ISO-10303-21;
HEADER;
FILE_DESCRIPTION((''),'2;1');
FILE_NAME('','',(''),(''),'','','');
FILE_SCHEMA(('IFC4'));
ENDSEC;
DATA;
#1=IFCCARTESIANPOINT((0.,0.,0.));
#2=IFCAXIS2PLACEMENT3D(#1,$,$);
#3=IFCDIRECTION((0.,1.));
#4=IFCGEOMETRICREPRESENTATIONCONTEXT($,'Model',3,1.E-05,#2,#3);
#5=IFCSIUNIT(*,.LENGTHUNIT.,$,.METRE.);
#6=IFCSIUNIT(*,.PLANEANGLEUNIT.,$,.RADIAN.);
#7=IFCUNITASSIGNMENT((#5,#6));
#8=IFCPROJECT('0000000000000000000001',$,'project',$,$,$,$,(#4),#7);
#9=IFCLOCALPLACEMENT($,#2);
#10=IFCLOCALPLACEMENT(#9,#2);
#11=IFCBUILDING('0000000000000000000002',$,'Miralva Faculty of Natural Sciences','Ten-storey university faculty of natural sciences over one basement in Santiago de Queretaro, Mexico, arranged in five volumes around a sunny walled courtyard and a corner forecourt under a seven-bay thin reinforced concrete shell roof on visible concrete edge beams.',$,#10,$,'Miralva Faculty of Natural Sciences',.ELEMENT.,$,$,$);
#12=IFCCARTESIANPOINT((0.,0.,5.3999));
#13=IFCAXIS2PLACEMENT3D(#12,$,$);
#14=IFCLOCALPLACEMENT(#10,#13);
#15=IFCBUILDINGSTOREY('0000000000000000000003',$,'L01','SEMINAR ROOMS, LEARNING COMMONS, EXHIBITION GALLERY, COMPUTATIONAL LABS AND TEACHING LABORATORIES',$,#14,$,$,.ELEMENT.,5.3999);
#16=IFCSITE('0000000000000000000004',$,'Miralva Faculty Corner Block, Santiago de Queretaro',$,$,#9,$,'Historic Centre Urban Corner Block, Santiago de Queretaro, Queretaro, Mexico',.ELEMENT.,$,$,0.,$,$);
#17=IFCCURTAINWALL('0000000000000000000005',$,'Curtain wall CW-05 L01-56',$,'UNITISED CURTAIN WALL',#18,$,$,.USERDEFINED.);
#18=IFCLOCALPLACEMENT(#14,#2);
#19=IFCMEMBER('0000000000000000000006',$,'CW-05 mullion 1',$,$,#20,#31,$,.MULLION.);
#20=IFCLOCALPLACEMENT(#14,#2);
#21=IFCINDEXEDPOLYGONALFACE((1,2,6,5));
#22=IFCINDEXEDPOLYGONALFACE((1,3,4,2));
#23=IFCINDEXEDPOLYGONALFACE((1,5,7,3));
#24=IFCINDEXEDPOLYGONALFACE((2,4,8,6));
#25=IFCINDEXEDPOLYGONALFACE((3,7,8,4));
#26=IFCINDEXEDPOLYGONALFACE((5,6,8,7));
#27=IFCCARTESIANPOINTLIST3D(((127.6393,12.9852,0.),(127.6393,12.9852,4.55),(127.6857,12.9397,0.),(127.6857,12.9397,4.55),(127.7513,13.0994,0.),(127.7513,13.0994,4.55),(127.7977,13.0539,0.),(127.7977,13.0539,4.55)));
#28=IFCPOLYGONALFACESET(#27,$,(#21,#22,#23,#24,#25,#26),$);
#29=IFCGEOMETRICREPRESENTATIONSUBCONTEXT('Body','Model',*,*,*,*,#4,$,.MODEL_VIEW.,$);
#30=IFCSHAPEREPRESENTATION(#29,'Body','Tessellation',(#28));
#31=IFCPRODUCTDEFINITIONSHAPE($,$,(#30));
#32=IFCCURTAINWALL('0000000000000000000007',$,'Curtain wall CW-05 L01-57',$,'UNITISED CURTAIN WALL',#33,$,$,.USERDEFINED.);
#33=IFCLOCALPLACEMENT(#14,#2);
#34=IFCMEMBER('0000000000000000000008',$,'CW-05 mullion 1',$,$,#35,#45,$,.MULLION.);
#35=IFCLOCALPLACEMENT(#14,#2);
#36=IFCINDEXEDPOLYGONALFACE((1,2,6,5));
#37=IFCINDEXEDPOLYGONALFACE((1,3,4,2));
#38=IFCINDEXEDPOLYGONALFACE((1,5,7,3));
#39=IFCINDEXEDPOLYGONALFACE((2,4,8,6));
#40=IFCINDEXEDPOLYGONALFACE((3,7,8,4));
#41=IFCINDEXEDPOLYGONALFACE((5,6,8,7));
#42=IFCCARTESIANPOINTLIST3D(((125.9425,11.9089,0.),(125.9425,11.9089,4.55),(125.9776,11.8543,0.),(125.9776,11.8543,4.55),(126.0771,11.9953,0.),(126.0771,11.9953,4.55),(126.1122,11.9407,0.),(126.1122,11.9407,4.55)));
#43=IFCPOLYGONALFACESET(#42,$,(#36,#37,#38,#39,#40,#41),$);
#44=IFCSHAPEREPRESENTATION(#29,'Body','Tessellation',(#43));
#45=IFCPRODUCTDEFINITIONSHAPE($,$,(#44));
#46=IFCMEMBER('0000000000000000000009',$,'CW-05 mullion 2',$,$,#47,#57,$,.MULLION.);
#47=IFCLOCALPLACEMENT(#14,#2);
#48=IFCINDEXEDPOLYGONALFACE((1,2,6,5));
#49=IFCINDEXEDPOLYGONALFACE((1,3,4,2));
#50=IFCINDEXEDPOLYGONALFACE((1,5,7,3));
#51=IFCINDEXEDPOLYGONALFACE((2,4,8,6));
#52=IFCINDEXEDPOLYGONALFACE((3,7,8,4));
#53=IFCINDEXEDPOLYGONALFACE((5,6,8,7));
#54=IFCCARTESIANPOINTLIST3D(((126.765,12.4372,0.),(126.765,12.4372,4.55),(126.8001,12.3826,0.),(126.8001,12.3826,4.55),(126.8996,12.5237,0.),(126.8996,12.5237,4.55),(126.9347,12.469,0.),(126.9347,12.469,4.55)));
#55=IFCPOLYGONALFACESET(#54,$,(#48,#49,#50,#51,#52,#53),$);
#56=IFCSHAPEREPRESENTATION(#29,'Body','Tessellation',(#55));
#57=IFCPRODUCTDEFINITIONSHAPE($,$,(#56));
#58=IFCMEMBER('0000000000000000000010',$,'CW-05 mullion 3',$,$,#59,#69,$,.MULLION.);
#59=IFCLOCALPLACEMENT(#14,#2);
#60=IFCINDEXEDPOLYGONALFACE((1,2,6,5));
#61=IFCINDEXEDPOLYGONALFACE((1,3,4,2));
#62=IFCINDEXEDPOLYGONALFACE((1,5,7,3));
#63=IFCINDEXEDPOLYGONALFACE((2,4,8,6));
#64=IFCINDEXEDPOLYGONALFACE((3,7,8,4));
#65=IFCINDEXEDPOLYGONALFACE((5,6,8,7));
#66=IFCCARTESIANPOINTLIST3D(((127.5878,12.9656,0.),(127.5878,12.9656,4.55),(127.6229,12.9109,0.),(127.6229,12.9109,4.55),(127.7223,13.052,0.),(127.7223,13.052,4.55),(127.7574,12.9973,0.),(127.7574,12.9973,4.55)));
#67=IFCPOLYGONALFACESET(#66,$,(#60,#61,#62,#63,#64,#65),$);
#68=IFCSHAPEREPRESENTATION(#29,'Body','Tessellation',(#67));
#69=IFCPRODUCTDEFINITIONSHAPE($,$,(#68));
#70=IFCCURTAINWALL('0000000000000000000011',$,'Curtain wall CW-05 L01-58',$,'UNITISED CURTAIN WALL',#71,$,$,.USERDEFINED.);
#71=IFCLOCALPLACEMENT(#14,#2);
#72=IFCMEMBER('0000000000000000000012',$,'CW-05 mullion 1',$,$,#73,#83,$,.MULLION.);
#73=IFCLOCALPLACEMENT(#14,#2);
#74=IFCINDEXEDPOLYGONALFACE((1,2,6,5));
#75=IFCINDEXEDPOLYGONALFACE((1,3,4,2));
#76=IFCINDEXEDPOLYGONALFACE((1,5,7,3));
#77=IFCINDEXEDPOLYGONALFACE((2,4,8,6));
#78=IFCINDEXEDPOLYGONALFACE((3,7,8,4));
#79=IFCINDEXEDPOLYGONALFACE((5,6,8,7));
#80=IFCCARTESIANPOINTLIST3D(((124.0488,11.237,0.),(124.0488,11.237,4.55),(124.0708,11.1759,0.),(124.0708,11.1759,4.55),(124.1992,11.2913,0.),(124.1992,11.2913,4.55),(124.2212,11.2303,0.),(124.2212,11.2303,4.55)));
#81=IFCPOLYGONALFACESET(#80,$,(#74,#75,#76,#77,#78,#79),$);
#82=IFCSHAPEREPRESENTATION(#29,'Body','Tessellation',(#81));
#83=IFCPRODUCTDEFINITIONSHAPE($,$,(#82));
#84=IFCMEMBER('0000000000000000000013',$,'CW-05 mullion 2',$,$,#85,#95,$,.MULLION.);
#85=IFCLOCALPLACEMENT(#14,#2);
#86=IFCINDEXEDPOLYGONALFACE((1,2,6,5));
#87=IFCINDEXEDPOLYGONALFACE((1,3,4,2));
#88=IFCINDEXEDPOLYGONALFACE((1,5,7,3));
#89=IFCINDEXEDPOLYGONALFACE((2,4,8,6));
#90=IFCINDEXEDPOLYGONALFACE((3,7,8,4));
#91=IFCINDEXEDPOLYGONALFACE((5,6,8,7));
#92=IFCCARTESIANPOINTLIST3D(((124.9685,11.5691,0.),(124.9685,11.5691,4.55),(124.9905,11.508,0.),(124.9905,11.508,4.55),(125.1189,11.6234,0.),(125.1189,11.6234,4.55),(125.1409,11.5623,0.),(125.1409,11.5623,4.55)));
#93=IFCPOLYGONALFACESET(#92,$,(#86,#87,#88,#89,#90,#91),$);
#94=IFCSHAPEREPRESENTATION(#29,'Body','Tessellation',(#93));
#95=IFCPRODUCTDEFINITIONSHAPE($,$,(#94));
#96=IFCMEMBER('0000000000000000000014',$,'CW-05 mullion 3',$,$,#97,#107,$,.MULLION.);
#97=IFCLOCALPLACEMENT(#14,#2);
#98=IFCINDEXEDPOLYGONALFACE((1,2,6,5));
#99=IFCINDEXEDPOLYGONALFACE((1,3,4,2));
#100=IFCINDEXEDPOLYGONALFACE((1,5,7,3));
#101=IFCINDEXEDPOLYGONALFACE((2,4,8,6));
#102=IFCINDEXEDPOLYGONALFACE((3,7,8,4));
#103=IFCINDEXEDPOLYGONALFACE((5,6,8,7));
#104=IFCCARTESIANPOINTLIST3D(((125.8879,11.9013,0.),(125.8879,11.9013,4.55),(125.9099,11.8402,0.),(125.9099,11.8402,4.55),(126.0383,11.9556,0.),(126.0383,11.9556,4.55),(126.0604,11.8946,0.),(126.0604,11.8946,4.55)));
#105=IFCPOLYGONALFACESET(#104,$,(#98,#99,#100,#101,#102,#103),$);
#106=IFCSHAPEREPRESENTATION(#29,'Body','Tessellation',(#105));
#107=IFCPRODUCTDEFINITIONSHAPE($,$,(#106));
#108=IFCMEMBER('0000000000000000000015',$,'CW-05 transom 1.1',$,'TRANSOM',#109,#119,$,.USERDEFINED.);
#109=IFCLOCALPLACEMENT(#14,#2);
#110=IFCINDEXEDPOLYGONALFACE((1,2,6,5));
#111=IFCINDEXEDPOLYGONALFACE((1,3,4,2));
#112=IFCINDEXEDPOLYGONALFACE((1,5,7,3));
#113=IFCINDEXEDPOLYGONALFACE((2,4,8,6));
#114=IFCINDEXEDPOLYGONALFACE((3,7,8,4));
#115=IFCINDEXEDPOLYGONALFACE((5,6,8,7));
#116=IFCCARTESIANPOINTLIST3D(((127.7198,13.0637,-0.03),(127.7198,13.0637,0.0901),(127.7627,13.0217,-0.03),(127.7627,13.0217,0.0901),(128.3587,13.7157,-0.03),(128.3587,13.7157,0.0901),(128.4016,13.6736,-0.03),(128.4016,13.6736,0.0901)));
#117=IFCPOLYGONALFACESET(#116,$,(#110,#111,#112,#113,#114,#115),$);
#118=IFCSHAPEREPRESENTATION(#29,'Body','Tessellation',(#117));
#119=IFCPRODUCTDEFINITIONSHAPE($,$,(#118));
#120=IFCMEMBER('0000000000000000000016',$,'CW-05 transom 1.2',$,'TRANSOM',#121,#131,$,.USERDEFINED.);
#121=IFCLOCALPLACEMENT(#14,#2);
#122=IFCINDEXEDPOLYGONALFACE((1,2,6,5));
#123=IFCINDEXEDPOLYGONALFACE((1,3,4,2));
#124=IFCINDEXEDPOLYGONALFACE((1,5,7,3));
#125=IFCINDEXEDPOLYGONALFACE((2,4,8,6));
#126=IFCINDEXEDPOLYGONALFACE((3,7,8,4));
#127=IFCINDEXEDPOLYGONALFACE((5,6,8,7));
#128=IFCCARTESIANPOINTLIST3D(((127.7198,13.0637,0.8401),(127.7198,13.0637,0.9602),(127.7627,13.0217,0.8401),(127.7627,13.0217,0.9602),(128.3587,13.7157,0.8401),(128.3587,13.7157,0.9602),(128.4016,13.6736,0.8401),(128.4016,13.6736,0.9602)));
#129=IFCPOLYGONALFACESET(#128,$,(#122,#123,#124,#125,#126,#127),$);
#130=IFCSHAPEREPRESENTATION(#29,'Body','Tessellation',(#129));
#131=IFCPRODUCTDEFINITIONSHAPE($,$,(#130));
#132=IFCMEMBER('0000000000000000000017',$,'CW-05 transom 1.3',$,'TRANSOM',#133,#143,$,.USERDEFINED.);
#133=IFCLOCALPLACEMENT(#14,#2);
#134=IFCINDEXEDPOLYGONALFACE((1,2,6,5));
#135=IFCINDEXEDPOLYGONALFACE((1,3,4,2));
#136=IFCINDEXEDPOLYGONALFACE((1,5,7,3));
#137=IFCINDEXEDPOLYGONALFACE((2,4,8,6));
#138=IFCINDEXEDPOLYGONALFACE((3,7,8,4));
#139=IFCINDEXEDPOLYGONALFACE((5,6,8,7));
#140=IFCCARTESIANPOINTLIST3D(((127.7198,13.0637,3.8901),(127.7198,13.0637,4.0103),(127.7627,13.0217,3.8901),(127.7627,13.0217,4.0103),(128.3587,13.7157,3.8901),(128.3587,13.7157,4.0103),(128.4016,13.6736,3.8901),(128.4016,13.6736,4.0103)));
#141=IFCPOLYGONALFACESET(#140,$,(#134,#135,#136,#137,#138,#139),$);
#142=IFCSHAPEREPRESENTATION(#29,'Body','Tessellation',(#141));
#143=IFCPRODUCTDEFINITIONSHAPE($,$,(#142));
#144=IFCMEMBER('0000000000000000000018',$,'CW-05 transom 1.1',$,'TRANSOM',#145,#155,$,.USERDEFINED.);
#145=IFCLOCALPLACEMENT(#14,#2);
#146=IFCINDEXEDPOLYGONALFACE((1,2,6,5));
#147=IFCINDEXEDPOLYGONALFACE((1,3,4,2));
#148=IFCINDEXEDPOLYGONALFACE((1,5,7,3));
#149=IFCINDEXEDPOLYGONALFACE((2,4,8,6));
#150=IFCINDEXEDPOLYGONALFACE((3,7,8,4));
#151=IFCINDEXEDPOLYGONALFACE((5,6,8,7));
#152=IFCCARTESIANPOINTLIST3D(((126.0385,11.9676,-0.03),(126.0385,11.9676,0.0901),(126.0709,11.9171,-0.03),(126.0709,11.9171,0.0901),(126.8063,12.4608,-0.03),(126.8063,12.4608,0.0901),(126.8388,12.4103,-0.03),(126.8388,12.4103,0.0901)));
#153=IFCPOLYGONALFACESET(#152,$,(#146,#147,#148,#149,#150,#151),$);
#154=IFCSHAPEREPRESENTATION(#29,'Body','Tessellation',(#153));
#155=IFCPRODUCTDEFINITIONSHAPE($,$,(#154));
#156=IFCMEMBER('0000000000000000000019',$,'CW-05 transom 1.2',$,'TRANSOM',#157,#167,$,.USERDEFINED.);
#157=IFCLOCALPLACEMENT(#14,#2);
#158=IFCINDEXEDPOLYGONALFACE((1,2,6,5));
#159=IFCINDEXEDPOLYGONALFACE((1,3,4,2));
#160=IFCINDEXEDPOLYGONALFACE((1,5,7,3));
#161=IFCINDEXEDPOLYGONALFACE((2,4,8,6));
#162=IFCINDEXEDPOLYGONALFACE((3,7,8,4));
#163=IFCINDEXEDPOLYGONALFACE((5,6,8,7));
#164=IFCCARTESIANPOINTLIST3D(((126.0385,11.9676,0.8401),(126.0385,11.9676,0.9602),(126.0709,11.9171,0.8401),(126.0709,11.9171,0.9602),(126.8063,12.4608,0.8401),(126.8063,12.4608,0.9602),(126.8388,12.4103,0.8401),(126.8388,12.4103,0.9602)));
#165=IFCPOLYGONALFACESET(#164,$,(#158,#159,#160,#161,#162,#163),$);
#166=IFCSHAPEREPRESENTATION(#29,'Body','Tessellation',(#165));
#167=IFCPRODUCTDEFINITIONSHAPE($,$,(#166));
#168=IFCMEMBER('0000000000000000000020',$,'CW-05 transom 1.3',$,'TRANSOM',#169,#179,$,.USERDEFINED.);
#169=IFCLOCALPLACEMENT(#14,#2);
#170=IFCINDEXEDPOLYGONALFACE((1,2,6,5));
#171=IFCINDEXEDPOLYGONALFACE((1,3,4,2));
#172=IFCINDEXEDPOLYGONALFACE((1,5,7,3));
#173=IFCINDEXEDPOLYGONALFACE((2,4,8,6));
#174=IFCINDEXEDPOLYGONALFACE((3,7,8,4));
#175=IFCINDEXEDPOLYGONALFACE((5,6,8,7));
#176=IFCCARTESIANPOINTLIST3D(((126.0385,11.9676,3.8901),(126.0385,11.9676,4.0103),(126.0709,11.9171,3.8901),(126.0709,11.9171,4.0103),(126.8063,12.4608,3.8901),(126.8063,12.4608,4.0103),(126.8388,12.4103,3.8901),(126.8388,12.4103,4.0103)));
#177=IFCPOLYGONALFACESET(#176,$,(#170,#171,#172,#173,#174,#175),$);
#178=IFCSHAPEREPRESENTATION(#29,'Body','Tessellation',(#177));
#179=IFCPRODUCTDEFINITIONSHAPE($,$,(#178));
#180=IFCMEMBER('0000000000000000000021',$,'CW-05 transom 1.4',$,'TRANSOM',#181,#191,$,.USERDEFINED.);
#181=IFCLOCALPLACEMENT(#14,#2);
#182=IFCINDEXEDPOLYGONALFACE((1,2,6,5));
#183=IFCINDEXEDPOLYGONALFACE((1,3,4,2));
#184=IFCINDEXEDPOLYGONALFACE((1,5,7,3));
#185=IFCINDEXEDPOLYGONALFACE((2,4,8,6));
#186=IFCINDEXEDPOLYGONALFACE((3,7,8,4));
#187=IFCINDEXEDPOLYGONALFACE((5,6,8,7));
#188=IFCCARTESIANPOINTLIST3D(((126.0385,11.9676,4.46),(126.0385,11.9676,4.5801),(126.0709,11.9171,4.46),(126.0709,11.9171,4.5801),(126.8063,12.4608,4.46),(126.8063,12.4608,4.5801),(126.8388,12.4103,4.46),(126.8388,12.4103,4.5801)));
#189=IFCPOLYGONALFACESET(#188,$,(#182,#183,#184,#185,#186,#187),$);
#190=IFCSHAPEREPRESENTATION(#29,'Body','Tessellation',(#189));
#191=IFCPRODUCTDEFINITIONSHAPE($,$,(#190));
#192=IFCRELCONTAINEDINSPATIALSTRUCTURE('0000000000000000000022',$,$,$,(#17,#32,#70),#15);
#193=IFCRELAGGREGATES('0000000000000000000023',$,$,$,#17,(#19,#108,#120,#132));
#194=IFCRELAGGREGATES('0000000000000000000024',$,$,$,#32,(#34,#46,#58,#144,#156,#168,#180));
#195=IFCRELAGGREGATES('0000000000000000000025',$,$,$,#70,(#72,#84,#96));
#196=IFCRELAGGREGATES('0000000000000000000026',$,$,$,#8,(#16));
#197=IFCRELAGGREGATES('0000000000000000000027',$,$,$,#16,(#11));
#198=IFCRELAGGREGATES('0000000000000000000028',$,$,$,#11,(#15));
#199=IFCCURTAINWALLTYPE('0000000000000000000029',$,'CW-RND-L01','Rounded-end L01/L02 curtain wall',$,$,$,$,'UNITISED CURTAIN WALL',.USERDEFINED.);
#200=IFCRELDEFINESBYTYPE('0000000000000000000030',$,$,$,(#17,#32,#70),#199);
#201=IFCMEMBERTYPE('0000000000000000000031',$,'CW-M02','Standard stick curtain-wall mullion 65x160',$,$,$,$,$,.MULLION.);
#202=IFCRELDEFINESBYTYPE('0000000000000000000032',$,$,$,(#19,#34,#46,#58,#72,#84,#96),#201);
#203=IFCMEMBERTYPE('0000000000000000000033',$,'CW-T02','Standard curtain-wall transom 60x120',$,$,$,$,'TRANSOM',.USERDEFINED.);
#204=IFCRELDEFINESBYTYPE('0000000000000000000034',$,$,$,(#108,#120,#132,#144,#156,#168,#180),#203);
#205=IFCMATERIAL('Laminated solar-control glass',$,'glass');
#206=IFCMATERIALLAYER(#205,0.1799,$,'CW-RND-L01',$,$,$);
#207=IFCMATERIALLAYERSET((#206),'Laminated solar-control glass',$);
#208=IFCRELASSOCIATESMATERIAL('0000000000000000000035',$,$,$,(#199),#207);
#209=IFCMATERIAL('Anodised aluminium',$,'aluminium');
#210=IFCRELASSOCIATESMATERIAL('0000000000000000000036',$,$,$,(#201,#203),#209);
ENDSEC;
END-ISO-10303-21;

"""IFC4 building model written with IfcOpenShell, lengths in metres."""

from ifc_helpers import new_model, si_unit, direction, frame, origin, origin_2d, place, context, subcontext, project, spatial, rectangle, extrude, material, layer, layer_set, material_profile, profile_set, type_object, element, aggregate, save


model = new_model("IFC4")

# Units and contexts
model_context = context("Model", 3, precision=1e-05, world=origin(), true_north=direction((0.0, 1.0)))
body_context = subcontext(model_context, "Body", "Model", "MODEL_VIEW")
ifc_project = project(units=[si_unit("LENGTHUNIT", "METRE"), si_unit("PLANEANGLEUNIT", "RADIAN")], contexts=[model_context])

# Site, building, storey
site_placement = place(None, origin())
site = spatial("IfcSite", under=ifc_project, at=site_placement, Name="Miralva Faculty Corner Block, Santiago de Queretaro", LongName="Historic Centre Urban Corner Block, Santiago de Queretaro, Queretaro, Mexico", CompositionType="ELEMENT", RefElevation=0.0)
building_placement = place(site_placement, origin())
building = spatial("IfcBuilding", under=site, at=building_placement, Name="Miralva Faculty of Natural Sciences", Description="Ten-storey university faculty of natural sciences over one basement in Santiago de Queretaro, Mexico, arranged in five volumes around a sunny walled courtyard and a corner forecourt under a seven-bay thin reinforced concrete shell roof on visible concrete edge beams.", LongName="Miralva Faculty of Natural Sciences", CompositionType="ELEMENT")
storey_placement = place(building_placement, frame((0.0, 0.0, 5.3999)))
storey = spatial("IfcBuildingStorey", under=building, at=storey_placement, Name="L01", Description="SEMINAR ROOMS, LEARNING COMMONS, EXHIBITION GALLERY, COMPUTATIONAL LABS AND TEACHING LABORATORIES", CompositionType="ELEMENT", Elevation=5.3999)

# Curtain wall, member
ifc_material_1 = material(Name="Laminated solar-control glass", Category="glass")
ifc_layer_1 = layer(ifc_material_1, 0.1799, Name="CW-RND-L01")
ifc_layer_set_1 = layer_set([ifc_layer_1], Name="Laminated solar-control glass")
curtain_wall_type = type_object("IfcCurtainWallType", Name="CW-RND-L01", Description="Rounded-end L01/L02 curtain wall", ElementType="UNITISED CURTAIN WALL", PredefinedType="USERDEFINED", material=ifc_layer_set_1)
curtain_wall_1_placement = place(storey_placement, origin())
curtain_wall_1 = element("IfcCurtainWall", 1, at=curtain_wall_1_placement, inside=storey, type_object=curtain_wall_type, Name="Curtain wall CW-05 L01-56", ObjectType="UNITISED CURTAIN WALL", PredefinedType="USERDEFINED")
ifc_material_2 = material(Name="Anodised aluminium", Category="aluminium")
ifc_material_profile_1 = material_profile(ifc_material_2, rectangle(XDim=0.0649, YDim=0.1599, at=origin_2d()), Name="MULLION 65x160")
ifc_profile_set_1 = profile_set([ifc_material_profile_1], Name="Anodised aluminium")
member_type_1 = type_object("IfcMemberType", Name="CW-M02", Description="Standard stick curtain-wall mullion 65x160", PredefinedType="MULLION", material=ifc_profile_set_1)
member_1_placement = place(storey_placement, frame((127.7185, 13.0195, 0.0), z_axis=(0.0, 0.0, 1.0), x_axis=(-0.714125, 0.700018, 0.0)))
member_1 = element("IfcMember", 2, at=member_1_placement, type_object=member_type_1, Name="CW-05 mullion 1", PredefinedType="MULLION", context=body_context, shape_type="SweptSolid", body=[
    extrude(rectangle(XDim=0.0649, YDim=0.1599, at=origin_2d()), origin(), (0.0, 0.0, 1.0), 4.55),
])

# Curtain walls, members
curtain_wall_2_placement = place(storey_placement, origin())
curtain_wall_2 = element("IfcCurtainWall", 3, at=curtain_wall_2_placement, inside=storey, type_object=curtain_wall_type, Name="Curtain wall CW-05 L01-57", ObjectType="UNITISED CURTAIN WALL", PredefinedType="USERDEFINED")
member_2_placement = place(storey_placement, frame((126.0273, 11.9248, 0.0), z_axis=(0.0, 0.0, 1.0), x_axis=(-0.540445, 0.841379, 0.0)))
member_2 = element("IfcMember", 4, at=member_2_placement, type_object=member_type_1, Name="CW-05 mullion 1", PredefinedType="MULLION", context=body_context, shape_type="SweptSolid", body=[
    extrude(rectangle(XDim=0.0649, YDim=0.1599, at=origin_2d()), origin(), (0.0, 0.0, 1.0), 4.55),
])
member_3_placement = place(storey_placement, frame((126.8499, 12.4531, 0.0), z_axis=(0.0, 0.0, 1.0), x_axis=(-0.540445, 0.841379, 0.0)))
member_3 = element("IfcMember", 5, at=member_3_placement, type_object=member_type_1, Name="CW-05 mullion 2", PredefinedType="MULLION", context=body_context, shape_type="SweptSolid", body=[
    extrude(rectangle(XDim=0.0649, YDim=0.1599, at=origin_2d()), origin(), (0.0, 0.0, 1.0), 4.55),
])
member_4_placement = place(storey_placement, frame((127.6726, 12.9814, 0.0), z_axis=(0.0, 0.0, 1.0), x_axis=(-0.540445, 0.841379, 0.0)))
member_4 = element("IfcMember", 6, at=member_4_placement, type_object=member_type_1, Name="CW-05 mullion 3", PredefinedType="MULLION", context=body_context, shape_type="SweptSolid", body=[
    extrude(rectangle(XDim=0.0649, YDim=0.1599, at=origin_2d()), origin(), (0.0, 0.0, 1.0), 4.55),
])
curtain_wall_3_placement = place(storey_placement, origin())
curtain_wall_3 = element("IfcCurtainWall", 7, at=curtain_wall_3_placement, inside=storey, type_object=curtain_wall_type, Name="Curtain wall CW-05 L01-58", ObjectType="UNITISED CURTAIN WALL", PredefinedType="USERDEFINED")
member_5_placement = place(storey_placement, frame((124.135, 11.2336, 0.0), z_axis=(0.0, 0.0, 1.0), x_axis=(-0.339696, 0.940535, 0.0)))
member_5 = element("IfcMember", 8, at=member_5_placement, type_object=member_type_1, Name="CW-05 mullion 1", PredefinedType="MULLION", context=body_context, shape_type="SweptSolid", body=[
    extrude(rectangle(XDim=0.0649, YDim=0.1599, at=origin_2d()), origin(), (0.0, 0.0, 1.0), 4.55),
])
member_6_placement = place(storey_placement, frame((125.0547, 11.5657, 0.0), z_axis=(0.0, 0.0, 1.0), x_axis=(-0.339696, 0.940535, 0.0)))
member_6 = element("IfcMember", 9, at=member_6_placement, type_object=member_type_1, Name="CW-05 mullion 2", PredefinedType="MULLION", context=body_context, shape_type="SweptSolid", body=[
    extrude(rectangle(XDim=0.0649, YDim=0.1599, at=origin_2d()), origin(), (0.0, 0.0, 1.0), 4.55),
])
member_7_placement = place(storey_placement, frame((125.9741, 11.8979, 0.0), z_axis=(0.0, 0.0, 1.0), x_axis=(-0.339696, 0.940535, 0.0)))
member_7 = element("IfcMember", 10, at=member_7_placement, type_object=member_type_1, Name="CW-05 mullion 3", PredefinedType="MULLION", context=body_context, shape_type="SweptSolid", body=[
    extrude(rectangle(XDim=0.0649, YDim=0.1599, at=origin_2d()), origin(), (0.0, 0.0, 1.0), 4.55),
])

# Members
ifc_material_profile_2 = material_profile(ifc_material_2, rectangle(XDim=0.0601, YDim=0.1201, at=origin_2d()), Name="TRANSOM 60x120")
ifc_profile_set_2 = profile_set([ifc_material_profile_2], Name="Anodised aluminium")
member_type_2 = type_object("IfcMemberType", Name="CW-T02", Description="Standard curtain-wall transom 60x120", ElementType="TRANSOM", PredefinedType="USERDEFINED", material=ifc_profile_set_2)
member_8_placement = place(storey_placement, frame((127.7412, 13.0427, 0.03), z_axis=(0.699983, 0.714159, 0.0), x_axis=(-0.714159, 0.699983, 0.0)))
member_8 = element("IfcMember", 11, at=member_8_placement, type_object=member_type_2, Name="CW-05 transom 1.1", ObjectType="TRANSOM", PredefinedType="USERDEFINED", context=body_context, shape_type="SweptSolid", body=[
    extrude(rectangle(XDim=0.0601, YDim=0.1201, at=origin_2d()), origin(), (0.0, 0.0, 1.0), 0.9128),
])
member_9_placement = place(storey_placement, frame((127.7412, 13.0427, 0.9001), z_axis=(0.699983, 0.714159, 0.0), x_axis=(-0.714159, 0.699983, 0.0)))
member_9 = element("IfcMember", 12, at=member_9_placement, type_object=member_type_2, Name="CW-05 transom 1.2", ObjectType="TRANSOM", PredefinedType="USERDEFINED", context=body_context, shape_type="SweptSolid", body=[
    extrude(rectangle(XDim=0.0601, YDim=0.1201, at=origin_2d()), origin(), (0.0, 0.0, 1.0), 0.9128),
])
member_10_placement = place(storey_placement, frame((127.7412, 13.0427, 3.9502), z_axis=(0.699983, 0.714159, 0.0), x_axis=(-0.714159, 0.699983, 0.0)))
member_10 = element("IfcMember", 13, at=member_10_placement, type_object=member_type_2, Name="CW-05 transom 1.3", ObjectType="TRANSOM", PredefinedType="USERDEFINED", context=body_context, shape_type="SweptSolid", body=[
    extrude(rectangle(XDim=0.0601, YDim=0.1201, at=origin_2d()), origin(), (0.0, 0.0, 1.0), 0.9128),
])
aggregate(curtain_wall_1, [member_1, member_8, member_9, member_10])
member_11_placement = place(storey_placement, frame((126.0547, 11.9424, 0.03), z_axis=(0.841396, 0.54042, 0.0), x_axis=(-0.54042, 0.841396, 0.0)))
member_11 = element("IfcMember", 14, at=member_11_placement, type_object=member_type_2, Name="CW-05 transom 1.1", ObjectType="TRANSOM", PredefinedType="USERDEFINED", context=body_context, shape_type="SweptSolid", body=[
    extrude(rectangle(XDim=0.0601, YDim=0.1201, at=origin_2d()), origin(), (0.0, 0.0, 1.0), 0.9126),
])
member_12_placement = place(storey_placement, frame((126.0547, 11.9424, 0.9001), z_axis=(0.841396, 0.54042, 0.0), x_axis=(-0.54042, 0.841396, 0.0)))
member_12 = element("IfcMember", 15, at=member_12_placement, type_object=member_type_2, Name="CW-05 transom 1.2", ObjectType="TRANSOM", PredefinedType="USERDEFINED", context=body_context, shape_type="SweptSolid", body=[
    extrude(rectangle(XDim=0.0601, YDim=0.1201, at=origin_2d()), origin(), (0.0, 0.0, 1.0), 0.9126),
])
member_13_placement = place(storey_placement, frame((126.0547, 11.9424, 3.9502), z_axis=(0.841396, 0.54042, 0.0), x_axis=(-0.54042, 0.841396, 0.0)))
member_13 = element("IfcMember", 16, at=member_13_placement, type_object=member_type_2, Name="CW-05 transom 1.3", ObjectType="TRANSOM", PredefinedType="USERDEFINED", context=body_context, shape_type="SweptSolid", body=[
    extrude(rectangle(XDim=0.0601, YDim=0.1201, at=origin_2d()), origin(), (0.0, 0.0, 1.0), 0.9126),
])
member_14_placement = place(storey_placement, frame((126.0547, 11.9424, 4.52), z_axis=(0.841396, 0.54042, 0.0), x_axis=(-0.54042, 0.841396, 0.0)))
member_14 = element("IfcMember", 17, at=member_14_placement, type_object=member_type_2, Name="CW-05 transom 1.4", ObjectType="TRANSOM", PredefinedType="USERDEFINED", context=body_context, shape_type="SweptSolid", body=[
    extrude(rectangle(XDim=0.0601, YDim=0.1201, at=origin_2d()), origin(), (0.0, 0.0, 1.0), 0.9126),
])

aggregate(curtain_wall_2, [member_2, member_3, member_4, member_11, member_12, member_13, member_14])
aggregate(curtain_wall_3, [member_5, member_6, member_7])

save(model, "model.ifc")
